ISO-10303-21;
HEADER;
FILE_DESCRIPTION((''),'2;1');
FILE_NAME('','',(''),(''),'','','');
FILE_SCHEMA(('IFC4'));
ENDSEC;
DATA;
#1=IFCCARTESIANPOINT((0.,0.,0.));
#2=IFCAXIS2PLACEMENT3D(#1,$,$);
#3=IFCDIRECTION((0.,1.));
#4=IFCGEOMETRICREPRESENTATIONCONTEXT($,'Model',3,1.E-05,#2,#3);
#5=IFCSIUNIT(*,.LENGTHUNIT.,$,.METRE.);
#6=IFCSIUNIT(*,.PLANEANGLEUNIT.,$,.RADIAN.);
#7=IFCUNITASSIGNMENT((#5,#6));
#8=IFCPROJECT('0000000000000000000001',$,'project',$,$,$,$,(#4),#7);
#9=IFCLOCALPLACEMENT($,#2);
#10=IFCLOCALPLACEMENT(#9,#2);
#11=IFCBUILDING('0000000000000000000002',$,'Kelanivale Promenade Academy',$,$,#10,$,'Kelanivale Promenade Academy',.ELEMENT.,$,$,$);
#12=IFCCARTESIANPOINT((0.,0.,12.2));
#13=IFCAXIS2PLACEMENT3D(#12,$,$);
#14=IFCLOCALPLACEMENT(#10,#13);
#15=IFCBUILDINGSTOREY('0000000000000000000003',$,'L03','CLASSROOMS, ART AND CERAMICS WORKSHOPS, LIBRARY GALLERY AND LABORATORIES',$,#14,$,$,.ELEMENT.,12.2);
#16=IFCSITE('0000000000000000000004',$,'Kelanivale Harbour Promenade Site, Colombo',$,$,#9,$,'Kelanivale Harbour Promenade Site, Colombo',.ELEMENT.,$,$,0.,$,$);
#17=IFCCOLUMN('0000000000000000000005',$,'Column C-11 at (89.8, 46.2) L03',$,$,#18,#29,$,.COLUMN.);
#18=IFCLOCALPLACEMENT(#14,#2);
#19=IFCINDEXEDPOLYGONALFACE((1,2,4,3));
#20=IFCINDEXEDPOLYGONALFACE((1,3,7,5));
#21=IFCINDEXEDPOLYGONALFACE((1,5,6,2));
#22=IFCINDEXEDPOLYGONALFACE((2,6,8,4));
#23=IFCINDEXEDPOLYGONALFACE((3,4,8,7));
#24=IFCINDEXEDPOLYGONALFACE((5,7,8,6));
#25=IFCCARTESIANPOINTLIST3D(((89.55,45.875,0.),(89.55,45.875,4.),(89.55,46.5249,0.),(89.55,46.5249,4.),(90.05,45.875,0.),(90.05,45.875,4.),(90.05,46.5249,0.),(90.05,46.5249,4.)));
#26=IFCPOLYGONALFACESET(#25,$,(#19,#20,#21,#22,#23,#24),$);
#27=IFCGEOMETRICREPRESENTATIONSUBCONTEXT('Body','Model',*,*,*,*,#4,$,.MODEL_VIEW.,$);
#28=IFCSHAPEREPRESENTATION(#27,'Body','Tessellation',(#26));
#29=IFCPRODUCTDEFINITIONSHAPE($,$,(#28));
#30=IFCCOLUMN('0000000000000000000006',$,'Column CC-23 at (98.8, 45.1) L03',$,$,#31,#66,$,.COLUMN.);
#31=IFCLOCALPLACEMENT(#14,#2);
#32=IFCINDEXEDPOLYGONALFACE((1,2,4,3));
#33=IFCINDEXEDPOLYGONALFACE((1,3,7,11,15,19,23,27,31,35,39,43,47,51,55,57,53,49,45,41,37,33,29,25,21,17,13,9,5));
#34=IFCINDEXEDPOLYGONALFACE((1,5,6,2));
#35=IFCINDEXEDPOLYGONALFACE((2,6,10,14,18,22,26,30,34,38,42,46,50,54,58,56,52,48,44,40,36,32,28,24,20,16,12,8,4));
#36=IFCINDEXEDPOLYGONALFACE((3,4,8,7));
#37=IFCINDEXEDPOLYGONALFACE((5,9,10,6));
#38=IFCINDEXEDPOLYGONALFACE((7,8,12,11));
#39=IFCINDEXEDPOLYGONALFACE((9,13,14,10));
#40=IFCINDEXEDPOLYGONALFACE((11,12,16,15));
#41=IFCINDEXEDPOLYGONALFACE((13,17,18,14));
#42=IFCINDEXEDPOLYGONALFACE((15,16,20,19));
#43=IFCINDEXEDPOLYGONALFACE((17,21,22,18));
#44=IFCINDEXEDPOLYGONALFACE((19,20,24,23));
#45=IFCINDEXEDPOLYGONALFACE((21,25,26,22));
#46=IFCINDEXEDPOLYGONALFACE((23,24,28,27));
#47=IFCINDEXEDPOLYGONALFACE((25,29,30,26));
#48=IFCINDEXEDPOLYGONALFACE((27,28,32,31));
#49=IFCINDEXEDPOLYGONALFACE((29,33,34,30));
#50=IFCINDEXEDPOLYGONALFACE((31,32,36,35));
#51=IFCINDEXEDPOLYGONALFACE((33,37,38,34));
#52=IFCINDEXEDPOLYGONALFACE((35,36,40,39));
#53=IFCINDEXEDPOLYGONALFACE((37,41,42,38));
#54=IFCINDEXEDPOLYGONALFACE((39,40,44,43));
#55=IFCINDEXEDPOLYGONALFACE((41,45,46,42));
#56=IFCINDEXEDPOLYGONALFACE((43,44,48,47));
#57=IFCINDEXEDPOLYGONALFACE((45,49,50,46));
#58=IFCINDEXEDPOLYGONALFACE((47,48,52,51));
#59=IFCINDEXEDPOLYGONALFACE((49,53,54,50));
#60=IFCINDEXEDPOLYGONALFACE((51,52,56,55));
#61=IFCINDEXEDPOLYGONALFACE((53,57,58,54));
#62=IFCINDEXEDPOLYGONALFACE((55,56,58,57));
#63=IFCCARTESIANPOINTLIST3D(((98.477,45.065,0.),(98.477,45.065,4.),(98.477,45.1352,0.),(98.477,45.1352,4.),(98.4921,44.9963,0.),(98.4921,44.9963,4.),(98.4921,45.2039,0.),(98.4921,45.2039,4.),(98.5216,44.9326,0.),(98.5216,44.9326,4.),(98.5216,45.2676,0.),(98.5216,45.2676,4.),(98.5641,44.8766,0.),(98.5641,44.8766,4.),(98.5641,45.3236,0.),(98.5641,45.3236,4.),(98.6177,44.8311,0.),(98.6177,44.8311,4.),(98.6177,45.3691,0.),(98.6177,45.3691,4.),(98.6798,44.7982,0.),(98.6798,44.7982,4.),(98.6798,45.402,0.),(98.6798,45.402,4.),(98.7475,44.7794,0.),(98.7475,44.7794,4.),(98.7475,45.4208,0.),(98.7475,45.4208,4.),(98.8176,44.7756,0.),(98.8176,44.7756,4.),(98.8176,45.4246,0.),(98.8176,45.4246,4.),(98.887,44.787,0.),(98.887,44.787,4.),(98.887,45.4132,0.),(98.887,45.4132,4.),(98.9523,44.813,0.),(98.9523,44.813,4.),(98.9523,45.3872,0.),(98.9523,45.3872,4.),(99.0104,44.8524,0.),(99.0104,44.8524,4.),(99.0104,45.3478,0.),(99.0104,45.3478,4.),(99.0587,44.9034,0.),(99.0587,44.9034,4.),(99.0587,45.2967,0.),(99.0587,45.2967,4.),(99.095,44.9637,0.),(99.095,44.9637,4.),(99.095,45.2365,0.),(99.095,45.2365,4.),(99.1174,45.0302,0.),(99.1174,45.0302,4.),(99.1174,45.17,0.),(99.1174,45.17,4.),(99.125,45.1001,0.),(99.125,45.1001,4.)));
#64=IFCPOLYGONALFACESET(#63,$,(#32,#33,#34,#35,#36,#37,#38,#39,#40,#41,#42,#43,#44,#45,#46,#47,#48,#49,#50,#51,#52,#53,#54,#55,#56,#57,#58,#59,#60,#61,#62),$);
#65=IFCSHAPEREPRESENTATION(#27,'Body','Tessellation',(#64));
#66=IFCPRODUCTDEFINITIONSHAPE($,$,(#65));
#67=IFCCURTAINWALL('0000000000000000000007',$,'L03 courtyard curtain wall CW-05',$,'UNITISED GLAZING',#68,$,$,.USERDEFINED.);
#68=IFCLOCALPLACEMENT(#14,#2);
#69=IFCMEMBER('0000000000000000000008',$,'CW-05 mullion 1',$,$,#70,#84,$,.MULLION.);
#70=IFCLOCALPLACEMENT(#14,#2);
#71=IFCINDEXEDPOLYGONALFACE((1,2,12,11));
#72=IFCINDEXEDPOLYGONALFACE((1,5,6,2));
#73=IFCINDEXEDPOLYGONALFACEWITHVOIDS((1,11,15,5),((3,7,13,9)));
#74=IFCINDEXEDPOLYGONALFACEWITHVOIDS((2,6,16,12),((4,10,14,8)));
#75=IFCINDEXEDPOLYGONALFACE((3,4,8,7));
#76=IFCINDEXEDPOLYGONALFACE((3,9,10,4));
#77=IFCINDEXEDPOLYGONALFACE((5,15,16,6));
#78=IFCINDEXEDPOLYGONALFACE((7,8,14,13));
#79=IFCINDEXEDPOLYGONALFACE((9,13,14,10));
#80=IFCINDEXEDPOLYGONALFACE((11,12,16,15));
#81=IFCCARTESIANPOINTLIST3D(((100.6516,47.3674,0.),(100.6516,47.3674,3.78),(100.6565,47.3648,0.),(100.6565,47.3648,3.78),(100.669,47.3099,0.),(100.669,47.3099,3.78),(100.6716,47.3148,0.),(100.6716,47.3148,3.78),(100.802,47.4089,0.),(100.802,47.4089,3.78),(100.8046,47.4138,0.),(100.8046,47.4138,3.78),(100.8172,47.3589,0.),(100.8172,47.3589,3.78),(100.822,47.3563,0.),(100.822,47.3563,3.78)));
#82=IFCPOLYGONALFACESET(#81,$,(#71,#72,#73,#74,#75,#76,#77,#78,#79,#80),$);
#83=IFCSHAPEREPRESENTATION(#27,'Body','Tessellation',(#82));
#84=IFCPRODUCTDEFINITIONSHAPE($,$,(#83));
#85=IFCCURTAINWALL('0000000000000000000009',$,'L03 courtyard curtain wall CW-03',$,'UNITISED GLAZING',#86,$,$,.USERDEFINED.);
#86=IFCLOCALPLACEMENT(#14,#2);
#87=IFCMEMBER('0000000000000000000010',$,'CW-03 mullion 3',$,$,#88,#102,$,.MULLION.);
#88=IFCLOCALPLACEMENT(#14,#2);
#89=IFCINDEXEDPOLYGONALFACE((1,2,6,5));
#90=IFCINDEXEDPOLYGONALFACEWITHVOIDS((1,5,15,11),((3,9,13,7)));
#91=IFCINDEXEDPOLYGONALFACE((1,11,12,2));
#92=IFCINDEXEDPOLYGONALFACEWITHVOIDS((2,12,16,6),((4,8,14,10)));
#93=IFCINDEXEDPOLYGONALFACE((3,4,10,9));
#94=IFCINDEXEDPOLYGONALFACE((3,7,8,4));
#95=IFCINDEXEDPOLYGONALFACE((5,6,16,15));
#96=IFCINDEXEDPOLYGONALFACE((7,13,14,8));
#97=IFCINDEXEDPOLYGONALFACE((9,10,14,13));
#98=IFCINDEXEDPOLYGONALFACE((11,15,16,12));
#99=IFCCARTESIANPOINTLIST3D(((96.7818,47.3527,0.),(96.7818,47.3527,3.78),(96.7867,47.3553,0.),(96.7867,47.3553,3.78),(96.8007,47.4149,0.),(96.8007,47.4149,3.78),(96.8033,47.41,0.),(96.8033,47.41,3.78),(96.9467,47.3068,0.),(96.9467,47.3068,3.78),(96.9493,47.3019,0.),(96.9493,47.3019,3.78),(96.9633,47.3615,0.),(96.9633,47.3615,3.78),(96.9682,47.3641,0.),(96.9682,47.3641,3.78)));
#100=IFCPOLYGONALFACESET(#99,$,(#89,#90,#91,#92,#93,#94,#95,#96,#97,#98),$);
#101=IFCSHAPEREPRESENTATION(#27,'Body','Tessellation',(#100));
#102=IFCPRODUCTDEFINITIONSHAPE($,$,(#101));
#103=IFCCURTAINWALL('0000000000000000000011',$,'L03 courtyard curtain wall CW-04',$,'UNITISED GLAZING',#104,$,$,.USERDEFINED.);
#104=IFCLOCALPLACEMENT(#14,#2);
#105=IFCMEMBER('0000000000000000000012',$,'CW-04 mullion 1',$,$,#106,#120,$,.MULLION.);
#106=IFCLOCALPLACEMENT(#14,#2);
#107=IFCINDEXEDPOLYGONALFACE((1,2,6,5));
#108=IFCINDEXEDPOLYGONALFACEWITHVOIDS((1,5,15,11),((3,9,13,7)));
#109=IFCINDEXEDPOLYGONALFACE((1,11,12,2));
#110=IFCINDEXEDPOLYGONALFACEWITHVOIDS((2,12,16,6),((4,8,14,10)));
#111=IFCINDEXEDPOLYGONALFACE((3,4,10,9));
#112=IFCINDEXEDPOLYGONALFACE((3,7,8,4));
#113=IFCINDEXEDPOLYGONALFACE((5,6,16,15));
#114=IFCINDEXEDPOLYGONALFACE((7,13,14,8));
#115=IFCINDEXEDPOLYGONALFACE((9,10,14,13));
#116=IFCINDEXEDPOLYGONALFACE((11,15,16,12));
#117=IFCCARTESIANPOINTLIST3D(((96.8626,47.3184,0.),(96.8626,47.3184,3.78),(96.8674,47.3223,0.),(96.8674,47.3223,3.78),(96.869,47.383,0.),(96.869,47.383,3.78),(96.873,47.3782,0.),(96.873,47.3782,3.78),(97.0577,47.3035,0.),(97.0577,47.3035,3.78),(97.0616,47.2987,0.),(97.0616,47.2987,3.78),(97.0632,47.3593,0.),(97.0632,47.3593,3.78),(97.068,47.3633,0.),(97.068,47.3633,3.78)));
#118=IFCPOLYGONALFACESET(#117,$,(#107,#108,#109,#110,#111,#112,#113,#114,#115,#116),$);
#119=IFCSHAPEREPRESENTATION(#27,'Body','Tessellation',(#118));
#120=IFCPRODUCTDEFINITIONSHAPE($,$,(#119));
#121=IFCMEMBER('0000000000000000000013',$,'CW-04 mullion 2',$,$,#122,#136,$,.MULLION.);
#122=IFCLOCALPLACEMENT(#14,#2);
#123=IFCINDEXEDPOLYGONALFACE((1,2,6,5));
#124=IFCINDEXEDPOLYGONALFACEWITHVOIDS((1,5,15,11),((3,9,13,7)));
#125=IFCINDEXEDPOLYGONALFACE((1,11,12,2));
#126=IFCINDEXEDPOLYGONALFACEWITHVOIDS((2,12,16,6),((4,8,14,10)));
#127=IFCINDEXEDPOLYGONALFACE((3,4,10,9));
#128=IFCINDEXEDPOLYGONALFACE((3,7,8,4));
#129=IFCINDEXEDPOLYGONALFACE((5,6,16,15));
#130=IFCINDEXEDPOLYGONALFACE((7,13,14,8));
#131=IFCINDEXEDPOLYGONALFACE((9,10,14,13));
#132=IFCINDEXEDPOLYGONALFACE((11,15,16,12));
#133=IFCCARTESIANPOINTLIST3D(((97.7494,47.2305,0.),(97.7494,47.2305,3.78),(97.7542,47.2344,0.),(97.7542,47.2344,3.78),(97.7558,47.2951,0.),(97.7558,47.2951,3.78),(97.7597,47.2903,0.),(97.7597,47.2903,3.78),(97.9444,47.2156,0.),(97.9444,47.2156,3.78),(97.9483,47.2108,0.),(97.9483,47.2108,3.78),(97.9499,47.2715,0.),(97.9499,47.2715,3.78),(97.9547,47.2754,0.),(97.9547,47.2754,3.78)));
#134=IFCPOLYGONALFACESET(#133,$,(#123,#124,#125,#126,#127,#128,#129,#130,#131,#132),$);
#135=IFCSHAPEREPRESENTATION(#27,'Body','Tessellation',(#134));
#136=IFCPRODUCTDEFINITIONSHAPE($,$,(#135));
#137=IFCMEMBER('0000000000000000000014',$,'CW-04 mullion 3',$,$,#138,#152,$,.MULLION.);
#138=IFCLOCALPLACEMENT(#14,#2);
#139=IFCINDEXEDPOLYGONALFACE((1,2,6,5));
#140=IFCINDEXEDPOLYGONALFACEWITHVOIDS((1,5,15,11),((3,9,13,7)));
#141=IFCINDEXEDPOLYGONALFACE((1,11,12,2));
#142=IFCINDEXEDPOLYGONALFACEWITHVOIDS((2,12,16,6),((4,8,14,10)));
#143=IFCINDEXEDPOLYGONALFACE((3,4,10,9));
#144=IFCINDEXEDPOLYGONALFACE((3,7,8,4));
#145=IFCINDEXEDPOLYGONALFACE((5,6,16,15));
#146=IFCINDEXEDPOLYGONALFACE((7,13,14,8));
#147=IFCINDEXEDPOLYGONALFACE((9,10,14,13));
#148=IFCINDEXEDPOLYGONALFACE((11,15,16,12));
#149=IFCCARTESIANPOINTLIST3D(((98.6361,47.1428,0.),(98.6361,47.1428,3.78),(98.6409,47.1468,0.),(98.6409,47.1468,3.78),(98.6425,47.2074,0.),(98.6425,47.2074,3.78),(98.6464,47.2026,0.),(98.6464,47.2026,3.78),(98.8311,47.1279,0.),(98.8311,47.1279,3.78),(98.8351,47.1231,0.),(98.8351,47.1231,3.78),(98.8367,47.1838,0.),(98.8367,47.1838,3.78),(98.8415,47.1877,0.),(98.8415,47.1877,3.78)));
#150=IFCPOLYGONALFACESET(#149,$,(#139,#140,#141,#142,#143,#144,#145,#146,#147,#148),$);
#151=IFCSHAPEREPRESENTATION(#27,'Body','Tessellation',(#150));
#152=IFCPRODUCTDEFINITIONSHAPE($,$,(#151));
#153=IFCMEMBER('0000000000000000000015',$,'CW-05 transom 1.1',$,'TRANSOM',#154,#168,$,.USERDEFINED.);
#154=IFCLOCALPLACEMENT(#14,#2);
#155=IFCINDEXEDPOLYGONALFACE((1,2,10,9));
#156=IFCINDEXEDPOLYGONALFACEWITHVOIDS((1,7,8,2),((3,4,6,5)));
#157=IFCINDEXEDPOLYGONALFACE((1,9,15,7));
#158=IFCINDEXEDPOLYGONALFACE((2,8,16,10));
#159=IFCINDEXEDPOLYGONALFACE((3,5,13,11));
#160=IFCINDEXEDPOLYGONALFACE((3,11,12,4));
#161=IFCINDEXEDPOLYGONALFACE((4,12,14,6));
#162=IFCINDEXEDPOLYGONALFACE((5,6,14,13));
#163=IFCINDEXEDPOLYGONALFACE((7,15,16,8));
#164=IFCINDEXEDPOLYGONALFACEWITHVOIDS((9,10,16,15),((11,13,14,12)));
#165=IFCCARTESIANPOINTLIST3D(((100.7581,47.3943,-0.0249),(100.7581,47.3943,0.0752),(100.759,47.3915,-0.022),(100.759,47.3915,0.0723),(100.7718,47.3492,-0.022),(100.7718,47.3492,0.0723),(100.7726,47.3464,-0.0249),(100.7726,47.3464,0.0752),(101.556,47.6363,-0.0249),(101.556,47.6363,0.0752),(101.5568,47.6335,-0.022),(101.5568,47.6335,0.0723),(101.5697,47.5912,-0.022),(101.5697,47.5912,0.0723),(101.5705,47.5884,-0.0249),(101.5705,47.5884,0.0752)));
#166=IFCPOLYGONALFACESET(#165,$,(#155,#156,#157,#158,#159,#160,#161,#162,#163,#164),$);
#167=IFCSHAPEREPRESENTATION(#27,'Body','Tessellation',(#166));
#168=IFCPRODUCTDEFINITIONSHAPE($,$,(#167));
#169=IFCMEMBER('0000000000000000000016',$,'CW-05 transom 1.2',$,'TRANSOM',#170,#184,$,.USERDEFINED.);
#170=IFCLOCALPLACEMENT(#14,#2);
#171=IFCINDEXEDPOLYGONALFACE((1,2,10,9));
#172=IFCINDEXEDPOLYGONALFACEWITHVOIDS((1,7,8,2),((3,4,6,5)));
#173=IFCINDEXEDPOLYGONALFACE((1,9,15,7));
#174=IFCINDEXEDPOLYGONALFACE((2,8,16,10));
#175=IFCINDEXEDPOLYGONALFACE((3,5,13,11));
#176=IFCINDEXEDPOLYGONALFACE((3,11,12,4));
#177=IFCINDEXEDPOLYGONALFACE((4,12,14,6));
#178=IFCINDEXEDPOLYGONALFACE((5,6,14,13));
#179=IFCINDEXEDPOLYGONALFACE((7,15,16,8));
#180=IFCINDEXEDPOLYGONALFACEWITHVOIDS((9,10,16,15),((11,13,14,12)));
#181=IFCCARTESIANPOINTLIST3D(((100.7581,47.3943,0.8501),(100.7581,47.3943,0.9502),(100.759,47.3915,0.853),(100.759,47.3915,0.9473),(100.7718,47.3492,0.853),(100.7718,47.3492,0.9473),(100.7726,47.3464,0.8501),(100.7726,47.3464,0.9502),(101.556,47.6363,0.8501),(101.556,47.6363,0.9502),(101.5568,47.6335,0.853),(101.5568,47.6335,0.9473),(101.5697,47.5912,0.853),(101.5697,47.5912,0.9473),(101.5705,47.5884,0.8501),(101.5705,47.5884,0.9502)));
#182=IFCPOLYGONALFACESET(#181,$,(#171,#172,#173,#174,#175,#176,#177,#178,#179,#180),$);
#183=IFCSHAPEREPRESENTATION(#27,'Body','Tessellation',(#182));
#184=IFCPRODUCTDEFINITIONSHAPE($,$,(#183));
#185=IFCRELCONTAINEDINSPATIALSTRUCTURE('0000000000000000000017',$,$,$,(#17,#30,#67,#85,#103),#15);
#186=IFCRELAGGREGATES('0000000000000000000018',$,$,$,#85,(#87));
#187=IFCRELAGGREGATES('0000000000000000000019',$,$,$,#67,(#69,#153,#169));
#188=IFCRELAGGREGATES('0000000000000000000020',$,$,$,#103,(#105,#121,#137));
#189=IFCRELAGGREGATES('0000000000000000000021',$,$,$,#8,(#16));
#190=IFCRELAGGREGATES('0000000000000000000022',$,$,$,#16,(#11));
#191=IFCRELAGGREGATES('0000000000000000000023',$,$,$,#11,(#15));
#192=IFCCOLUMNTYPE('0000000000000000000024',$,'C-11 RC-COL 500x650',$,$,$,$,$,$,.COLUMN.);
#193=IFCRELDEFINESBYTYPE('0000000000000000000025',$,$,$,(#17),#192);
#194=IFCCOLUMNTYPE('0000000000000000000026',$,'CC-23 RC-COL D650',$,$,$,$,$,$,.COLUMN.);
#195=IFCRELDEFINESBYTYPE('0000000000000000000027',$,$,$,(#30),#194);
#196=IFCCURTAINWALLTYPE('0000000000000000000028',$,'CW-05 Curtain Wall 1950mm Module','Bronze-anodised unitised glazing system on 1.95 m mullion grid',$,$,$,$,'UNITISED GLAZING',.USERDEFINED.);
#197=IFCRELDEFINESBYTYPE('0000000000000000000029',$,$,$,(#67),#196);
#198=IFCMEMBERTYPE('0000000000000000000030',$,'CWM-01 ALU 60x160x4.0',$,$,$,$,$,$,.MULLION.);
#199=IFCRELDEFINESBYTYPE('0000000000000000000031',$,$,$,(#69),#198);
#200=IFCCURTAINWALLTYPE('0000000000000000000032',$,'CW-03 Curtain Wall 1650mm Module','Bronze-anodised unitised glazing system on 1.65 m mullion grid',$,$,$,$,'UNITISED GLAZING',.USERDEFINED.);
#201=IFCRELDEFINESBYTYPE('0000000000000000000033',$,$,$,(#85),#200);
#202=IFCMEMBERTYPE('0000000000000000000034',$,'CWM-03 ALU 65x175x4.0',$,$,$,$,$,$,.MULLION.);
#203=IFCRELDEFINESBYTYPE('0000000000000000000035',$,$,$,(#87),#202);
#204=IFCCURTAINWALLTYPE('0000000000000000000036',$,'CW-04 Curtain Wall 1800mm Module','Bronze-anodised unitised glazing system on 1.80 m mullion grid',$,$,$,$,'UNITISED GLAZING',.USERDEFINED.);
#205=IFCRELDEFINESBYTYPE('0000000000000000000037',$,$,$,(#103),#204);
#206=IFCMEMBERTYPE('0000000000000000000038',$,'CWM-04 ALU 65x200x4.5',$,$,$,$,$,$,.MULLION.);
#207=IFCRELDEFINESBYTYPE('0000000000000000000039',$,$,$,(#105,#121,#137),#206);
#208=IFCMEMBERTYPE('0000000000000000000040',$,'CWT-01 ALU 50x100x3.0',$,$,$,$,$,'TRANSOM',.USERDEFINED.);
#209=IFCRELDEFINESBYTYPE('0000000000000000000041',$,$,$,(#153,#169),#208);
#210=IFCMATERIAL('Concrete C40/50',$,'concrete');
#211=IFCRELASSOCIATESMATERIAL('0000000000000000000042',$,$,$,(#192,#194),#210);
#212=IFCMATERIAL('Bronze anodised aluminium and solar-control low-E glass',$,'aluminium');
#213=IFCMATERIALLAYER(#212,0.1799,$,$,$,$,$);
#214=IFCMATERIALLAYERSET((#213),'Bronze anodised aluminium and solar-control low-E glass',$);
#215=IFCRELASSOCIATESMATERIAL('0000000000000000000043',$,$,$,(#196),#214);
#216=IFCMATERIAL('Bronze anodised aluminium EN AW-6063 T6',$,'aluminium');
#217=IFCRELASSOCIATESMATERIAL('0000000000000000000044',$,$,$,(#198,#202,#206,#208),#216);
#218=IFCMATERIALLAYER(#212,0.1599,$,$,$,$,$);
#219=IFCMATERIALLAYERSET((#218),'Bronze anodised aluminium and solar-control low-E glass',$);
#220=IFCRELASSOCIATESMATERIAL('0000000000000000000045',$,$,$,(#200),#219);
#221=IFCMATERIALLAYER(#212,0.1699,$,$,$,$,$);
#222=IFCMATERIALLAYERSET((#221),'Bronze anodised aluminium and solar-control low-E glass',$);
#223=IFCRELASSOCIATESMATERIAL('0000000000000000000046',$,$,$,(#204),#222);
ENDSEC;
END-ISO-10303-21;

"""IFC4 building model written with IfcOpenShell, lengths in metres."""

from ifc_helpers import new_model, si_unit, direction, frame, origin, origin_2d, place, context, subcontext, project, spatial, rectangle, hollow_rectangle, circle, extrude, material, layer, layer_set, material_profile, profile_set, type_object, element, aggregate, save


model = new_model("IFC4")

# Units and contexts
model_context = context("Model", 3, precision=1e-05, world=origin(), true_north=direction((0.0, 1.0)))
body_context = subcontext(model_context, "Body", "Model", "MODEL_VIEW")
ifc_project = project(units=[si_unit("LENGTHUNIT", "METRE"), si_unit("PLANEANGLEUNIT", "RADIAN")], contexts=[model_context])

# Site, building, storey
site_placement = place(None, origin())
site = spatial("IfcSite", under=ifc_project, at=site_placement, Name="Kelanivale Harbour Promenade Site, Colombo", LongName="Kelanivale Harbour Promenade Site, Colombo", CompositionType="ELEMENT", RefElevation=0.0)
building_placement = place(site_placement, origin())
building = spatial("IfcBuilding", under=site, at=building_placement, Name="Kelanivale Promenade Academy", LongName="Kelanivale Promenade Academy", CompositionType="ELEMENT")
storey_placement = place(building_placement, frame((0.0, 0.0, 12.2)))
storey = spatial("IfcBuildingStorey", under=building, at=storey_placement, Name="L03", Description="CLASSROOMS, ART AND CERAMICS WORKSHOPS, LIBRARY GALLERY AND LABORATORIES", CompositionType="ELEMENT", Elevation=12.2)

# Columns
ifc_material_1 = material(Name="Concrete C40/50", Category="concrete")
ifc_material_profile_1 = material_profile(ifc_material_1, rectangle(XDim=0.5, YDim=0.6499, at=origin_2d()), Name="RC-COL 500x650")
ifc_profile_set_1 = profile_set([ifc_material_profile_1], Name="Concrete C40/50")
column_type_1 = type_object("IfcColumnType", Name="C-11 RC-COL 500x650", PredefinedType="COLUMN", material=ifc_profile_set_1)
column_1_placement = place(storey_placement, frame((89.8, 46.2, 0.0), z_axis=(0.0, 0.0, 1.0), x_axis=(1.0, 0.0, 0.0)))
element("IfcColumn", 1, at=column_1_placement, inside=storey, type_object=column_type_1, Name="Column C-11 at (89.8, 46.2) L03", PredefinedType="COLUMN", context=body_context, shape_type="SweptSolid", body=[
    extrude(rectangle(XDim=0.5, YDim=0.6499, at=origin_2d()), origin(), (0.0, 0.0, 1.0), 4.0),
])
ifc_material_profile_2 = material_profile(ifc_material_1, circle(Radius=0.325, at=origin_2d()), Name="RC-COL D650")
ifc_profile_set_2 = profile_set([ifc_material_profile_2], Name="Concrete C40/50")
column_type_2 = type_object("IfcColumnType", Name="CC-23 RC-COL D650", PredefinedType="COLUMN", material=ifc_profile_set_2)
column_2_placement = place(storey_placement, frame((98.8, 45.1001, 0.0), z_axis=(0.0, 0.0, 1.0), x_axis=(1.0, 0.0, 0.0)))
element("IfcColumn", 2, at=column_2_placement, inside=storey, type_object=column_type_2, Name="Column CC-23 at (98.8, 45.1) L03", PredefinedType="COLUMN", context=body_context, shape_type="SweptSolid", body=[
    extrude(circle(Radius=0.325, at=origin_2d()), origin(), (0.0, 0.0, 1.0), 4.0),
])

# Curtain walls, members
ifc_material_2 = material(Name="Bronze anodised aluminium and solar-control low-E glass", Category="aluminium")
ifc_layer_1 = layer(ifc_material_2, 0.1799)
ifc_layer_set_1 = layer_set([ifc_layer_1], Name="Bronze anodised aluminium and solar-control low-E glass")
curtain_wall_type_1 = type_object("IfcCurtainWallType", Name="CW-05 Curtain Wall 1950mm Module", Description="Bronze-anodised unitised glazing system on 1.95 m mullion grid", ElementType="UNITISED GLAZING", PredefinedType="USERDEFINED", material=ifc_layer_set_1)
curtain_wall_1_placement = place(storey_placement, origin())
curtain_wall_1 = element("IfcCurtainWall", 3, at=curtain_wall_1_placement, inside=storey, type_object=curtain_wall_type_1, Name="L03 courtyard curtain wall CW-05", ObjectType="UNITISED GLAZING", PredefinedType="USERDEFINED")
ifc_material_3 = material(Name="Bronze anodised aluminium EN AW-6063 T6", Category="aluminium")
ifc_material_profile_3 = material_profile(ifc_material_3, hollow_rectangle(XDim=0.0601, YDim=0.1599, WallThickness=0.0039, at=origin_2d()), Name="ALU 60x160x4.0")
ifc_profile_set_3 = profile_set([ifc_material_profile_3], Name="Bronze anodised aluminium EN AW-6063 T6")
member_type_1 = type_object("IfcMemberType", Name="CWM-01 ALU 60x160x4.0", PredefinedType="MULLION", material=ifc_profile_set_3)
member_1_placement = place(storey_placement, frame((100.7368, 47.3618, 0.0), z_axis=(0.0, 0.0, 1.0), x_axis=(-0.290128, 0.956988, 0.0)))
member_1 = element("IfcMember", 4, at=member_1_placement, type_object=member_type_1, Name="CW-05 mullion 1", PredefinedType="MULLION", context=body_context, shape_type="SweptSolid", body=[
    extrude(hollow_rectangle(XDim=0.0601, YDim=0.1599, WallThickness=0.0039, at=origin_2d()), origin(), (0.0, 0.0, 1.0), 3.78),
])
ifc_layer_2 = layer(ifc_material_2, 0.1599)
ifc_layer_set_2 = layer_set([ifc_layer_2], Name="Bronze anodised aluminium and solar-control low-E glass")
curtain_wall_type_2 = type_object("IfcCurtainWallType", Name="CW-03 Curtain Wall 1650mm Module", Description="Bronze-anodised unitised glazing system on 1.65 m mullion grid", ElementType="UNITISED GLAZING", PredefinedType="USERDEFINED", material=ifc_layer_set_2)
curtain_wall_2_placement = place(storey_placement, origin())
curtain_wall_2 = element("IfcCurtainWall", 5, at=curtain_wall_2_placement, inside=storey, type_object=curtain_wall_type_2, Name="L03 courtyard curtain wall CW-03", ObjectType="UNITISED GLAZING", PredefinedType="USERDEFINED")
ifc_material_profile_4 = material_profile(ifc_material_3, hollow_rectangle(XDim=0.0649, YDim=0.175, WallThickness=0.0039, at=origin_2d()), Name="ALU 65x175x4.0")
ifc_profile_set_4 = profile_set([ifc_material_profile_4], Name="Bronze anodised aluminium EN AW-6063 T6")
member_type_2 = type_object("IfcMemberType", Name="CWM-03 ALU 65x175x4.0", PredefinedType="MULLION", material=ifc_profile_set_4)
member_2_placement = place(storey_placement, frame((96.875, 47.3584, 0.0), z_axis=(0.0, 0.0, 1.0), x_axis=(0.290007, 0.957024, 0.0)))
member_2 = element("IfcMember", 6, at=member_2_placement, type_object=member_type_2, Name="CW-03 mullion 3", PredefinedType="MULLION", context=body_context, shape_type="SweptSolid", body=[
    extrude(hollow_rectangle(XDim=0.0649, YDim=0.175, WallThickness=0.0039, at=origin_2d()), origin(), (0.0, 0.0, 1.0), 3.78),
])
aggregate(curtain_wall_2, [member_2])

# Curtain wall, members
ifc_layer_3 = layer(ifc_material_2, 0.1699)
ifc_layer_set_3 = layer_set([ifc_layer_3], Name="Bronze anodised aluminium and solar-control low-E glass")
curtain_wall_type_3 = type_object("IfcCurtainWallType", Name="CW-04 Curtain Wall 1800mm Module", Description="Bronze-anodised unitised glazing system on 1.80 m mullion grid", ElementType="UNITISED GLAZING", PredefinedType="USERDEFINED", material=ifc_layer_set_3)
curtain_wall_3_placement = place(storey_placement, origin())
curtain_wall_3 = element("IfcCurtainWall", 7, at=curtain_wall_3_placement, inside=storey, type_object=curtain_wall_type_3, Name="L03 courtyard curtain wall CW-04", ObjectType="UNITISED GLAZING", PredefinedType="USERDEFINED")
ifc_material_profile_5 = material_profile(ifc_material_3, hollow_rectangle(XDim=0.0649, YDim=0.2, WallThickness=0.0044, at=origin_2d()), Name="ALU 65x200x4.5")
ifc_profile_set_5 = profile_set([ifc_material_profile_5], Name="Bronze anodised aluminium EN AW-6063 T6")
member_type_3 = type_object("IfcMemberType", Name="CWM-04 ALU 65x200x4.5", PredefinedType="MULLION", material=ifc_profile_set_5)
member_3_placement = place(storey_placement, frame((96.9653, 47.3408, 0.0), z_axis=(0.0, 0.0, 1.0), x_axis=(0.098539, 0.995133, 0.0)))
member_3 = element("IfcMember", 8, at=member_3_placement, type_object=member_type_3, Name="CW-04 mullion 1", PredefinedType="MULLION", context=body_context, shape_type="SweptSolid", body=[
    extrude(hollow_rectangle(XDim=0.0649, YDim=0.2, WallThickness=0.0044, at=origin_2d()), origin(), (0.0, 0.0, 1.0), 3.78),
])
member_4_placement = place(storey_placement, frame((97.8521, 47.2529, 0.0), z_axis=(0.0, 0.0, 1.0), x_axis=(0.098539, 0.995133, 0.0)))
member_4 = element("IfcMember", 9, at=member_4_placement, type_object=member_type_3, Name="CW-04 mullion 2", PredefinedType="MULLION", context=body_context, shape_type="SweptSolid", body=[
    extrude(hollow_rectangle(XDim=0.0649, YDim=0.2, WallThickness=0.0044, at=origin_2d()), origin(), (0.0, 0.0, 1.0), 3.78),
])
member_5_placement = place(storey_placement, frame((98.7388, 47.1653, 0.0), z_axis=(0.0, 0.0, 1.0), x_axis=(0.098539, 0.995133, 0.0)))
member_5 = element("IfcMember", 10, at=member_5_placement, type_object=member_type_3, Name="CW-04 mullion 3", PredefinedType="MULLION", context=body_context, shape_type="SweptSolid", body=[
    extrude(hollow_rectangle(XDim=0.0649, YDim=0.2, WallThickness=0.0044, at=origin_2d()), origin(), (0.0, 0.0, 1.0), 3.78),
])

# Members
ifc_material_profile_6 = material_profile(ifc_material_3, hollow_rectangle(XDim=0.05, YDim=0.1001, WallThickness=0.0029, at=origin_2d()), Name="ALU 50x100x3.0")
ifc_profile_set_6 = profile_set([ifc_material_profile_6], Name="Bronze anodised aluminium EN AW-6063 T6")
member_type_4 = type_object("IfcMemberType", Name="CWT-01 ALU 50x100x3.0", ElementType="TRANSOM", PredefinedType="USERDEFINED", material=ifc_profile_set_6)
member_6_placement = place(storey_placement, frame((100.7654, 47.3704, 0.0251), z_axis=(0.956968, 0.290194, 0.0), x_axis=(-0.290194, 0.956968, 0.0)))
member_6 = element("IfcMember", 11, at=member_6_placement, type_object=member_type_4, Name="CW-05 transom 1.1", ObjectType="TRANSOM", PredefinedType="USERDEFINED", context=body_context, shape_type="SweptSolid", body=[
    extrude(hollow_rectangle(XDim=0.05, YDim=0.1001, WallThickness=0.0029, at=origin_2d()), origin(), (0.0, 0.0, 1.0), 0.8337),
])
member_7_placement = place(storey_placement, frame((100.7654, 47.3704, 0.9001), z_axis=(0.956968, 0.290194, 0.0), x_axis=(-0.290194, 0.956968, 0.0)))
member_7 = element("IfcMember", 12, at=member_7_placement, type_object=member_type_4, Name="CW-05 transom 1.2", ObjectType="TRANSOM", PredefinedType="USERDEFINED", context=body_context, shape_type="SweptSolid", body=[
    extrude(hollow_rectangle(XDim=0.05, YDim=0.1001, WallThickness=0.0029, at=origin_2d()), origin(), (0.0, 0.0, 1.0), 0.8337),
])
aggregate(curtain_wall_1, [member_1, member_6, member_7])

aggregate(curtain_wall_3, [member_3, member_4, member_5])

save(model, "model.ifc")
